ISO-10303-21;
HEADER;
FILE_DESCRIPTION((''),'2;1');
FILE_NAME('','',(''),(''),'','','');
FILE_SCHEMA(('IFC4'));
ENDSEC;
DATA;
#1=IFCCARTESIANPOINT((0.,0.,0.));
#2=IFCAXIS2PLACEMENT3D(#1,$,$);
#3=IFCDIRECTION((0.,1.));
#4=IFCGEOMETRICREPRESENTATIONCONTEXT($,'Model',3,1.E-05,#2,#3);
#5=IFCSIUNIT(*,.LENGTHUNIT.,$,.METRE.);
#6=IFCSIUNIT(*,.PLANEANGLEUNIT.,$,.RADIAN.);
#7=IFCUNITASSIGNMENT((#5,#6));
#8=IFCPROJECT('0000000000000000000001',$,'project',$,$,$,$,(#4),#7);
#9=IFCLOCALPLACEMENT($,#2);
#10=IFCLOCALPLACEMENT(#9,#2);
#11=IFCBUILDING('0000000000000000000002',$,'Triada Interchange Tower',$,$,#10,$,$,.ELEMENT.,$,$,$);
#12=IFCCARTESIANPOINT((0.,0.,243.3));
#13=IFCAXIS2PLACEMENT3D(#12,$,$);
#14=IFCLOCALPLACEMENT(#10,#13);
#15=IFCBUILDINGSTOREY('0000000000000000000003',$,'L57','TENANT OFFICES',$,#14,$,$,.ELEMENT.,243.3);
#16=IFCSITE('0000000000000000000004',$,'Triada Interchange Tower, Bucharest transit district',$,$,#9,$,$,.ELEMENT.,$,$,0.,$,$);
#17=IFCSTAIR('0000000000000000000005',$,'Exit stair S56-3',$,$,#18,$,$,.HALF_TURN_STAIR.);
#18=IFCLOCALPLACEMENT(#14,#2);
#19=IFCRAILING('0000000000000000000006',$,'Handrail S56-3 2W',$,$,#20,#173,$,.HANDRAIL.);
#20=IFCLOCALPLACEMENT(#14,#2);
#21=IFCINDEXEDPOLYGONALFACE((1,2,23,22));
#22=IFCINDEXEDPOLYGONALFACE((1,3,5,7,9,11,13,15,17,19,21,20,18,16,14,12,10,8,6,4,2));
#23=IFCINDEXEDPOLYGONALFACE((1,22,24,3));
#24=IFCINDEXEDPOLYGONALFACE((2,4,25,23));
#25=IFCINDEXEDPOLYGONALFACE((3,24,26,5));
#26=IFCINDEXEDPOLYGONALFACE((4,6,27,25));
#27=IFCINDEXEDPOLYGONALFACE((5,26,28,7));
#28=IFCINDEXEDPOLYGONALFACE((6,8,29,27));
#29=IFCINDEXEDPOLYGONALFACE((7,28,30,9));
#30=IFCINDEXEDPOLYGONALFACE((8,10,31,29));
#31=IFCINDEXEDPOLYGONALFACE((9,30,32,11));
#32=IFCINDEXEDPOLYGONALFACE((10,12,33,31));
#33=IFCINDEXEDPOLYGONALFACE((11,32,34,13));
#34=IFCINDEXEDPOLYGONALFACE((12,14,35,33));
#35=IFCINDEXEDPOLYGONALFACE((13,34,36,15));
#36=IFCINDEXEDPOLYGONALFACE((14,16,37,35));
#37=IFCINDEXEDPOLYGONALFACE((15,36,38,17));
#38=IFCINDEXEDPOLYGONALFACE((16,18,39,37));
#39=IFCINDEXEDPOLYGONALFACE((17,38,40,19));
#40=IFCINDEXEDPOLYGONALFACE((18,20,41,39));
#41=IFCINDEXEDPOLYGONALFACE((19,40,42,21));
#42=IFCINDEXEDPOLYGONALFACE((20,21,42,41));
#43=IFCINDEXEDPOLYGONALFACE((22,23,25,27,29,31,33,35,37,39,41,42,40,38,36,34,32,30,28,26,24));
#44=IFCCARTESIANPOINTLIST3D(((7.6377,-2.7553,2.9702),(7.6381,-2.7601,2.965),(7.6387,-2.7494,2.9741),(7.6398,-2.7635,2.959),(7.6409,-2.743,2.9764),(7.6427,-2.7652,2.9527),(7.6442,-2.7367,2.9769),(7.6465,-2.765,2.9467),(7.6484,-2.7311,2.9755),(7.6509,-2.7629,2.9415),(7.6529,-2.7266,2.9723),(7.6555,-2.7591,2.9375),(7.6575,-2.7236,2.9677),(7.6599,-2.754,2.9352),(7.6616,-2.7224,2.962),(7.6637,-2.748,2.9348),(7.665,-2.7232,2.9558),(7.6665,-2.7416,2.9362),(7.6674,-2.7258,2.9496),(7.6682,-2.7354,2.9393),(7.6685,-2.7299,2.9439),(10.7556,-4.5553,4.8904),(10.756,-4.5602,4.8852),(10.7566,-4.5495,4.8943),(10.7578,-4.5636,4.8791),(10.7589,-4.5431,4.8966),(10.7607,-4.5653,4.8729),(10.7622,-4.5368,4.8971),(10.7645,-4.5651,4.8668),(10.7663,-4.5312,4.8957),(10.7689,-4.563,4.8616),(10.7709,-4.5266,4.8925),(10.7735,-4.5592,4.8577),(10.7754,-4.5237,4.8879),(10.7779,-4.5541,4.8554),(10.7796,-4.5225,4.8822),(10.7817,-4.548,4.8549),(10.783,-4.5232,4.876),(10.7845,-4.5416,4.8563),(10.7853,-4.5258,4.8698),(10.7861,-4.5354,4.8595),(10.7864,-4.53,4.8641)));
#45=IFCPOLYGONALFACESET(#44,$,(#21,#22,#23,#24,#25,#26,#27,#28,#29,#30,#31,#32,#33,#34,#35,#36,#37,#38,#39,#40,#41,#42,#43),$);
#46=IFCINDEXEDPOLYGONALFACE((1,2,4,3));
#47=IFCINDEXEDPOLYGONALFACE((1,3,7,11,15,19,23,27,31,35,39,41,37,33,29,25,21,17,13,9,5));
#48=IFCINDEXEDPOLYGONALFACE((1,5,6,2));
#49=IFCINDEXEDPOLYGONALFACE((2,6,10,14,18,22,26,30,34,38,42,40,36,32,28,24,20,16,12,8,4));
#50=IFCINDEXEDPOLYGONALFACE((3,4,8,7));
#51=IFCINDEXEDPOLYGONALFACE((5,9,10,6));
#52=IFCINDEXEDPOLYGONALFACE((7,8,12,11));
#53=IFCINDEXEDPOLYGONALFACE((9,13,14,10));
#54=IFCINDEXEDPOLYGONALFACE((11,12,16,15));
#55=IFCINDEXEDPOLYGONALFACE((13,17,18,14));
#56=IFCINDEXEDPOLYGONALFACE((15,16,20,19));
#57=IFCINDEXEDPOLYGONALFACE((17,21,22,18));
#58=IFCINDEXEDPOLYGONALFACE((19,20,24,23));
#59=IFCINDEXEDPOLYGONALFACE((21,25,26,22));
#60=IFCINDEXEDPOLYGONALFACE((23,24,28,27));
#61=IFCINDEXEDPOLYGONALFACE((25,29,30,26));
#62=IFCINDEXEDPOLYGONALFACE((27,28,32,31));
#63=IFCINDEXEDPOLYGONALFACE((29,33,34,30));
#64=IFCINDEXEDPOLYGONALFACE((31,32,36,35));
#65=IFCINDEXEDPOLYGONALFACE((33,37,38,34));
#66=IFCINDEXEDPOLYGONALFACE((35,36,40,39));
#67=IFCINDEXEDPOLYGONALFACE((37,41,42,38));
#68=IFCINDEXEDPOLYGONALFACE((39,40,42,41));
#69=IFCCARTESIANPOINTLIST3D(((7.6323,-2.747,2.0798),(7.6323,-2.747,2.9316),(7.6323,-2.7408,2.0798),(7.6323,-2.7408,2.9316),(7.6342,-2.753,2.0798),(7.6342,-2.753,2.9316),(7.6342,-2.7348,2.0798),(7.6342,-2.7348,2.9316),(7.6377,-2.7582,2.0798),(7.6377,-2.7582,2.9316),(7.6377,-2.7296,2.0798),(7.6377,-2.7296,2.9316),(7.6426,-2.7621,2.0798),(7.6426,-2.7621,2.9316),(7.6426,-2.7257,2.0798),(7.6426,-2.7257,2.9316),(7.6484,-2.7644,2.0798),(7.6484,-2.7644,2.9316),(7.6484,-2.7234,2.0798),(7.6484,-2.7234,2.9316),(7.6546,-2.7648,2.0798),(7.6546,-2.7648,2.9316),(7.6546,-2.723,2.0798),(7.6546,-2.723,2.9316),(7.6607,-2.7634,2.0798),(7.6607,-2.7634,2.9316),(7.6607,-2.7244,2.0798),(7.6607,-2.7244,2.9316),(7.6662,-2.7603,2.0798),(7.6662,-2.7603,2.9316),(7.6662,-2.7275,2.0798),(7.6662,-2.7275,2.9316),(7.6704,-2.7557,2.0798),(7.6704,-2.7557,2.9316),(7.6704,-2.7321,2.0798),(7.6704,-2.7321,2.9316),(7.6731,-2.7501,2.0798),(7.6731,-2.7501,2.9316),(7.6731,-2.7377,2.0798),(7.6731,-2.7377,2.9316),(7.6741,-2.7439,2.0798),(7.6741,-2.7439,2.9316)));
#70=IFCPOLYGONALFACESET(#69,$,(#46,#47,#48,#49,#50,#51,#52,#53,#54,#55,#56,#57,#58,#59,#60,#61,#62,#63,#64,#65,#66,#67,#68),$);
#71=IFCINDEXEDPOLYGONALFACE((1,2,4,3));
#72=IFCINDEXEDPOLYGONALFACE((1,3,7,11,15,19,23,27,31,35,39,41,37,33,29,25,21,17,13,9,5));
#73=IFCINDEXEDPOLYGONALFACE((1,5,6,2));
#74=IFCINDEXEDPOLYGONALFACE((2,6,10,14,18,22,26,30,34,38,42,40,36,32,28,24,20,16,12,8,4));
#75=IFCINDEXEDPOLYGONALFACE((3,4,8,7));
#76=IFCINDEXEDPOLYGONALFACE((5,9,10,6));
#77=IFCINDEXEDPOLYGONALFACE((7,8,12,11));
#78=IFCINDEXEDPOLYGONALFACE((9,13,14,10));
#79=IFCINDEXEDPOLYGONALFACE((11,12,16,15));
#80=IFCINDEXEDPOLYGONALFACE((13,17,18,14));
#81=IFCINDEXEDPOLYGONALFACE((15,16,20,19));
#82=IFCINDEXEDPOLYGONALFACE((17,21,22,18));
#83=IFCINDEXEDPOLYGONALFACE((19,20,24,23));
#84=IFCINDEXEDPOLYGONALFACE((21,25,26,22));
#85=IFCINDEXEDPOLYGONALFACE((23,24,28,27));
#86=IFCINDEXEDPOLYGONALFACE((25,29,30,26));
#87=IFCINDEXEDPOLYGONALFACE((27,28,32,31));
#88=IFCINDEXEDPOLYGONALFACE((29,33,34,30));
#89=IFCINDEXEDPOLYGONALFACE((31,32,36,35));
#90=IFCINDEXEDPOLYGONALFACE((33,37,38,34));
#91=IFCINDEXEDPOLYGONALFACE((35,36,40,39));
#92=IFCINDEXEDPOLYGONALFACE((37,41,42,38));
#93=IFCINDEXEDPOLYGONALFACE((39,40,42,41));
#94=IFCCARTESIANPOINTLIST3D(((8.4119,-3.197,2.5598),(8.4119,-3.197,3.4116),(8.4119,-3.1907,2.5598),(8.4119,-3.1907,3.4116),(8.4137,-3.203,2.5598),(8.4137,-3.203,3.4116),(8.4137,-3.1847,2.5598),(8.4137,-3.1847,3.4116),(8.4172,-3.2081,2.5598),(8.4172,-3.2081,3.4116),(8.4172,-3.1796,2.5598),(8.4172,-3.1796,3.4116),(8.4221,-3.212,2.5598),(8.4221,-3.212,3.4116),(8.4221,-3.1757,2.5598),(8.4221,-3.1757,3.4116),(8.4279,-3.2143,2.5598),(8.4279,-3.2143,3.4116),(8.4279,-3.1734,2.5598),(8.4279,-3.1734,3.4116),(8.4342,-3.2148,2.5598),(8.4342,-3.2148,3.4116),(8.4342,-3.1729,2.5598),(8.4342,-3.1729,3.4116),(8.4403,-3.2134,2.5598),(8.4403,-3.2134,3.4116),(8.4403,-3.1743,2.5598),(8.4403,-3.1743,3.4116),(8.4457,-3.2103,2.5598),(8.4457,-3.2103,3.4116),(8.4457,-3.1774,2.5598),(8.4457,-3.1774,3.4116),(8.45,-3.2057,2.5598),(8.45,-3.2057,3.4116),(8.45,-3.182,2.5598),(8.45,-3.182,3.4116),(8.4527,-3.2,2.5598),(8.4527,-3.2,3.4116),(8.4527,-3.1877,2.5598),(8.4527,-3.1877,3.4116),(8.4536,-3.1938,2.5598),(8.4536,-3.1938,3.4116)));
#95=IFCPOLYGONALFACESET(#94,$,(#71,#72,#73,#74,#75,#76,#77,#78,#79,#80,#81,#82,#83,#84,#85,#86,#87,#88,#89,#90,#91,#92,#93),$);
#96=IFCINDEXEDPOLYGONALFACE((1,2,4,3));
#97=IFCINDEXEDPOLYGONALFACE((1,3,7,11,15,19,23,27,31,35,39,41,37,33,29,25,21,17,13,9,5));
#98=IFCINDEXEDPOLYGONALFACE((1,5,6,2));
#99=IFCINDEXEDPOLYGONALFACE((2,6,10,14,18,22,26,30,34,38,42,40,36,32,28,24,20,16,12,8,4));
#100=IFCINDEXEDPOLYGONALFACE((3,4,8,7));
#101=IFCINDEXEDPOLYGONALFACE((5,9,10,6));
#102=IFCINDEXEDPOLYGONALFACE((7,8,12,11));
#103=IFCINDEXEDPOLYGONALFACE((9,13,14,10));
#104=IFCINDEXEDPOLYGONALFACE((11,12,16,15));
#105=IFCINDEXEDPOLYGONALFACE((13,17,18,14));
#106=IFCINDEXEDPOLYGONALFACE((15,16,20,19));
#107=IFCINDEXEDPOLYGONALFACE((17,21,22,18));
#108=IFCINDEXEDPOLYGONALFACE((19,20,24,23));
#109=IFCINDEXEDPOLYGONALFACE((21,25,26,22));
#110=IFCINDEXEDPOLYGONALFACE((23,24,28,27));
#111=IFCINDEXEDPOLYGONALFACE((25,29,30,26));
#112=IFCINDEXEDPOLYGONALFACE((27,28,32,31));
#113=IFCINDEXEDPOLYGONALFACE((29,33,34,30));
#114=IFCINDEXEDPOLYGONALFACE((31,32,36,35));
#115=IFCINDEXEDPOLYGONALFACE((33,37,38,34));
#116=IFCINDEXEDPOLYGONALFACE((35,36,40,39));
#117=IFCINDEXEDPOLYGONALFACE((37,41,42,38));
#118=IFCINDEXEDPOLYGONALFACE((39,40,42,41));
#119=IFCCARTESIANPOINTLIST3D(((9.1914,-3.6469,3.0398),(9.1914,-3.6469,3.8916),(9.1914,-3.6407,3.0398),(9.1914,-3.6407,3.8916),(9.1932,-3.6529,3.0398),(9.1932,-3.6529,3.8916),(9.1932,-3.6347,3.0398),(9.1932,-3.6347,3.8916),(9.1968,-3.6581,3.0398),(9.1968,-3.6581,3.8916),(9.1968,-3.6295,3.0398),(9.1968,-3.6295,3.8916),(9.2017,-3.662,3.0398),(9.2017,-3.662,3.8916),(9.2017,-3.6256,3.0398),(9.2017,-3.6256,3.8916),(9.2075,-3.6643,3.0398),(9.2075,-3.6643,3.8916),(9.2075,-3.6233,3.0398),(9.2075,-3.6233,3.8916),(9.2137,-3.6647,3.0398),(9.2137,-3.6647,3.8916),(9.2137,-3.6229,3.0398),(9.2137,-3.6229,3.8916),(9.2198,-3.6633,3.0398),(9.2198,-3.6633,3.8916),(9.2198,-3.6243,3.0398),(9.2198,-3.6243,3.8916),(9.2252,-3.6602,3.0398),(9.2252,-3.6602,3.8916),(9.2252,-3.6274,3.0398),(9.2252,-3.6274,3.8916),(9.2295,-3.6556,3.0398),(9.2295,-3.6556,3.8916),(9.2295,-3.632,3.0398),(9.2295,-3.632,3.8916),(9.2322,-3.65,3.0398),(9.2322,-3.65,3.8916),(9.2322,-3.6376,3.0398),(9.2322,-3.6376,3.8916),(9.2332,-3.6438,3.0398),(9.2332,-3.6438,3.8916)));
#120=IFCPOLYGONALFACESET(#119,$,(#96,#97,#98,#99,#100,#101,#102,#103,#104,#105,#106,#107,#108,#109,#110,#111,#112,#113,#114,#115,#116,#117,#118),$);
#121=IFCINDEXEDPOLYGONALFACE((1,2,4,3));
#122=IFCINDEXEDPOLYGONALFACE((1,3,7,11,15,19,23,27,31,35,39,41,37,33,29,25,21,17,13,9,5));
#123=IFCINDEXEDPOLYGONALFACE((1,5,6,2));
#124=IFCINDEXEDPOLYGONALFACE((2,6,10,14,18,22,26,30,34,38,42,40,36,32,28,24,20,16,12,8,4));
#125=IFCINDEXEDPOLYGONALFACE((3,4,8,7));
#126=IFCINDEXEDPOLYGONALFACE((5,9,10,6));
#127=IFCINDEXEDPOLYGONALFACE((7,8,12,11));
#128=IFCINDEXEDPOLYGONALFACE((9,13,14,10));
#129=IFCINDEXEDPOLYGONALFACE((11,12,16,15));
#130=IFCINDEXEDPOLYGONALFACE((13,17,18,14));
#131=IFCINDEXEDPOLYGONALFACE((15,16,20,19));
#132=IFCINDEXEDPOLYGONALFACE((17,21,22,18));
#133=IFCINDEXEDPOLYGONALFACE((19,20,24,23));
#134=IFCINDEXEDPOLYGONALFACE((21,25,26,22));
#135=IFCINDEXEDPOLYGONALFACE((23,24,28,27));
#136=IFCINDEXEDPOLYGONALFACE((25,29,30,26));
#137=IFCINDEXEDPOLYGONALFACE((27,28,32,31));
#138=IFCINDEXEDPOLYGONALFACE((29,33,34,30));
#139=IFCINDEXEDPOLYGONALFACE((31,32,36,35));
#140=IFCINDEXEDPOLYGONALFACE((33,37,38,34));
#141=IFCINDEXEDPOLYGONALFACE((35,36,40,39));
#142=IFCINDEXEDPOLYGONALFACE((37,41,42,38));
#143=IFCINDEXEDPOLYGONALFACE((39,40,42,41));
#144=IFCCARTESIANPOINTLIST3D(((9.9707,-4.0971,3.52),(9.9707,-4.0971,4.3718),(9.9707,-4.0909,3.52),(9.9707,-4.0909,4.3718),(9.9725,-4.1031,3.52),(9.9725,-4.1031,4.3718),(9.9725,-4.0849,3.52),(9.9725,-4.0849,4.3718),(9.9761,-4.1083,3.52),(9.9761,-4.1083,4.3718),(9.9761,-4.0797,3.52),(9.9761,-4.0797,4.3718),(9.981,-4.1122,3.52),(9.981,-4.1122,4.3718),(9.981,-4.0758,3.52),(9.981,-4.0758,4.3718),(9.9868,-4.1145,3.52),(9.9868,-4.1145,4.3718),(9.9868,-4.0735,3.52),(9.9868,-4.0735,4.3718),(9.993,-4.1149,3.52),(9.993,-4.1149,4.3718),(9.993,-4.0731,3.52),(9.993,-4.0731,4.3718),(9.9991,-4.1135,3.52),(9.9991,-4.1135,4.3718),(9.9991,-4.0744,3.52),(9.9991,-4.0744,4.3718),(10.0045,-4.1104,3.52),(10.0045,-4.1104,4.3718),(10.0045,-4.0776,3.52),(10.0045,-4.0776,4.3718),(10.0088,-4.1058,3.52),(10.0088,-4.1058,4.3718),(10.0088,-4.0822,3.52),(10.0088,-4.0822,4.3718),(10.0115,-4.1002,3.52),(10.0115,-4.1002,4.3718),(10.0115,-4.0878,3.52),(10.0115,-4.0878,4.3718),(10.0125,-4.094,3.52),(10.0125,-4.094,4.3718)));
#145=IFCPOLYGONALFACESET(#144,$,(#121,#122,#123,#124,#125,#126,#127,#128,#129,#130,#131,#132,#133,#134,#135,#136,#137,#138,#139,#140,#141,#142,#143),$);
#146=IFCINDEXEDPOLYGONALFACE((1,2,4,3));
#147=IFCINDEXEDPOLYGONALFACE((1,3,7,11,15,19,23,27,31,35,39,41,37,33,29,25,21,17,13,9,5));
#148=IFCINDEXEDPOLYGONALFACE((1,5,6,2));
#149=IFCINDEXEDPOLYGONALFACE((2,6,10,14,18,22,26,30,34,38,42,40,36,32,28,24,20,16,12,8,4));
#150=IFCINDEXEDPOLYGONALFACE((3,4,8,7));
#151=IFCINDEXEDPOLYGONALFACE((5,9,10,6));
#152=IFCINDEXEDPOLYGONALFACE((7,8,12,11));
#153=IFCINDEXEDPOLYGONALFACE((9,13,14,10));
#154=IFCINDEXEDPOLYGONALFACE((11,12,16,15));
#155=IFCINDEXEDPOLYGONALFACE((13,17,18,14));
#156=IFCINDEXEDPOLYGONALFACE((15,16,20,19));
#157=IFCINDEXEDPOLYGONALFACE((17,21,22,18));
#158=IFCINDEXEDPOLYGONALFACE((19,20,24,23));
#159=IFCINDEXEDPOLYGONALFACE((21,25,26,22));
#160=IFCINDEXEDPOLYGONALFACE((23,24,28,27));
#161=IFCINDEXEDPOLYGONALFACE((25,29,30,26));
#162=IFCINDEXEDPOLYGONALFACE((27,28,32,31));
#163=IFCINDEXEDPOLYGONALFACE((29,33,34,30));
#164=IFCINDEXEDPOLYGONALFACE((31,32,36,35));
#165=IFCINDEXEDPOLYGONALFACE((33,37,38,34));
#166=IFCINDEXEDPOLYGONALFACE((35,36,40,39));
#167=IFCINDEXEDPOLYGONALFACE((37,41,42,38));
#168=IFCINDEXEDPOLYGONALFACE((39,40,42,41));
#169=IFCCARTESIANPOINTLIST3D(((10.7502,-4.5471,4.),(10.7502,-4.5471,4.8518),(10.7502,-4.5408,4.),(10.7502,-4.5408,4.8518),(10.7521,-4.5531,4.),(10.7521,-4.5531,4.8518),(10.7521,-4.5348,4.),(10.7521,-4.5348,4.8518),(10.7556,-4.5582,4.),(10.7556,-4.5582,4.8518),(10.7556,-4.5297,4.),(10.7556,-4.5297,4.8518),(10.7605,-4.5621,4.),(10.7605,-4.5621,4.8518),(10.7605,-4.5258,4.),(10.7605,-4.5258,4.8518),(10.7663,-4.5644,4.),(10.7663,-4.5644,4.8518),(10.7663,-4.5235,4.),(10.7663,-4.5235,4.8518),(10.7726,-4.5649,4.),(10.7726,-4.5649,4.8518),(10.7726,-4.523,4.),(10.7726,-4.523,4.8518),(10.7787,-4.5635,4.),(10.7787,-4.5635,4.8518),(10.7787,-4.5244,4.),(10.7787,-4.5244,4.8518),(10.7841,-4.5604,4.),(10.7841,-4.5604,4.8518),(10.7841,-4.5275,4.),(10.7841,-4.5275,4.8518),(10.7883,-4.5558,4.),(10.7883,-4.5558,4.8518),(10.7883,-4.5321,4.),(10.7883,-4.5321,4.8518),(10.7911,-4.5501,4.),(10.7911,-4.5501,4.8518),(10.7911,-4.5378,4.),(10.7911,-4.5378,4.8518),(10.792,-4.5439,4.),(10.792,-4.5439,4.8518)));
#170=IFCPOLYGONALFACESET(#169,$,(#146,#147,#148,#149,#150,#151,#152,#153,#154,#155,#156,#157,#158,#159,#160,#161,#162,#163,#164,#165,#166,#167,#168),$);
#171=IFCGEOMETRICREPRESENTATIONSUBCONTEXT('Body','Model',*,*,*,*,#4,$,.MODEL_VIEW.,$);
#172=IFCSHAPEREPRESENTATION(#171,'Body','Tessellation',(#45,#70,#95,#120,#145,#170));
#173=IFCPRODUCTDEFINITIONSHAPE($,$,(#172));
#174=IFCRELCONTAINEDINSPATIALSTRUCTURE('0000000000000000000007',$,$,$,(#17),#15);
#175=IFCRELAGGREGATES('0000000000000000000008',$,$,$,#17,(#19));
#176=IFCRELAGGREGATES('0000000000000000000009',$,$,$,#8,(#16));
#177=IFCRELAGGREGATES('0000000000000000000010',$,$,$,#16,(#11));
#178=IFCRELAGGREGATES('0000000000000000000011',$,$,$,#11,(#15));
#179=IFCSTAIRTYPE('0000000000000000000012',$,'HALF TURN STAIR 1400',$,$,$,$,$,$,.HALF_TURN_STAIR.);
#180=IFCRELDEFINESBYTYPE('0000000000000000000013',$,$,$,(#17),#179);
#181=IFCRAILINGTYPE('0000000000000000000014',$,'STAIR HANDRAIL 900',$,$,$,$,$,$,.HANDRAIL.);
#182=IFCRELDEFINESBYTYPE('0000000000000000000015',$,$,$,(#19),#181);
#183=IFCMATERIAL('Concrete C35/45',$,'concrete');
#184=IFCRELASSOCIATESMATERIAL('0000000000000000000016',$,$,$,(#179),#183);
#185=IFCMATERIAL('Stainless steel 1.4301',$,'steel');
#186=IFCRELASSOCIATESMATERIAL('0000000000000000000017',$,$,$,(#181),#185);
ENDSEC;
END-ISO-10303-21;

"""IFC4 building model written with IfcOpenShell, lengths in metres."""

from ifc_helpers import new_model, si_unit, direction, frame, origin, origin_2d, place, context, subcontext, project, spatial, circle, extrude, material, type_object, element, aggregate, save


model = new_model("IFC4")

# Units and contexts
model_context = context("Model", 3, precision=1e-05, world=origin(), true_north=direction((0.0, 1.0)))
body_context = subcontext(model_context, "Body", "Model", "MODEL_VIEW")
ifc_project = project(units=[si_unit("LENGTHUNIT", "METRE"), si_unit("PLANEANGLEUNIT", "RADIAN")], contexts=[model_context])

# Site, building, storey
site_placement = place(None, origin())
site = spatial("IfcSite", under=ifc_project, at=site_placement, Name="Triada Interchange Tower, Bucharest transit district", CompositionType="ELEMENT", RefElevation=0.0)
building_placement = place(site_placement, origin())
building = spatial("IfcBuilding", under=site, at=building_placement, Name="Triada Interchange Tower", CompositionType="ELEMENT")
storey_placement = place(building_placement, frame((0.0, 0.0, 243.3)))
storey = spatial("IfcBuildingStorey", under=building, at=storey_placement, Name="L57", Description="TENANT OFFICES", CompositionType="ELEMENT", Elevation=243.3)

# Stair, railing
ifc_material_1 = material(Name="Concrete C35/45", Category="concrete")
stair_type = type_object("IfcStairType", Name="HALF TURN STAIR 1400", PredefinedType="HALF_TURN_STAIR", material=ifc_material_1)
stair_placement = place(storey_placement, origin())
stair = element("IfcStair", 1, at=stair_placement, inside=storey, type_object=stair_type, Name="Exit stair S56-3", PredefinedType="HALF_TURN_STAIR")
ifc_material_2 = material(Name="Stainless steel 1.4301", Category="steel")
railing_type = type_object("IfcRailingType", Name="STAIR HANDRAIL 900", PredefinedType="HANDRAIL", material=ifc_material_2)
railing_1_placement = place(storey_placement, frame((7.6531, -2.7439, 2.0798)))
railing_1 = element("IfcRailing", 2, at=railing_1_placement, type_object=railing_type, Name="Handrail S56-3 2W", PredefinedType="HANDRAIL", context=body_context, shape_type="SweptSolid", body=[
    extrude(circle(Radius=0.0239, at=origin_2d()), frame((0.0, 0.0, 0.876), z_axis=(0.764145, -0.441159, 0.470597), x_axis=(0.499983, 0.866035, 0.0)), (0.0, 0.0, 1.0), 4.0803),
    extrude(circle(Radius=0.021, at=origin_2d()), origin(), (0.0, 0.0, 1.0), 0.8518),
    extrude(circle(Radius=0.021, at=origin_2d()), frame((0.7795, -0.45, 0.48)), (0.0, 0.0, 1.0), 0.8518),
    extrude(circle(Radius=0.021, at=origin_2d()), frame((1.5591, -0.8999, 0.96)), (0.0, 0.0, 1.0), 0.8518),
    extrude(circle(Radius=0.021, at=origin_2d()), frame((2.3384, -1.3501, 1.4402)), (0.0, 0.0, 1.0), 0.8518),
    extrude(circle(Radius=0.021, at=origin_2d()), frame((3.1179, -1.8, 1.9202)), (0.0, 0.0, 1.0), 0.8518),
])
aggregate(stair, [railing_1])

save(model, "model.ifc")
